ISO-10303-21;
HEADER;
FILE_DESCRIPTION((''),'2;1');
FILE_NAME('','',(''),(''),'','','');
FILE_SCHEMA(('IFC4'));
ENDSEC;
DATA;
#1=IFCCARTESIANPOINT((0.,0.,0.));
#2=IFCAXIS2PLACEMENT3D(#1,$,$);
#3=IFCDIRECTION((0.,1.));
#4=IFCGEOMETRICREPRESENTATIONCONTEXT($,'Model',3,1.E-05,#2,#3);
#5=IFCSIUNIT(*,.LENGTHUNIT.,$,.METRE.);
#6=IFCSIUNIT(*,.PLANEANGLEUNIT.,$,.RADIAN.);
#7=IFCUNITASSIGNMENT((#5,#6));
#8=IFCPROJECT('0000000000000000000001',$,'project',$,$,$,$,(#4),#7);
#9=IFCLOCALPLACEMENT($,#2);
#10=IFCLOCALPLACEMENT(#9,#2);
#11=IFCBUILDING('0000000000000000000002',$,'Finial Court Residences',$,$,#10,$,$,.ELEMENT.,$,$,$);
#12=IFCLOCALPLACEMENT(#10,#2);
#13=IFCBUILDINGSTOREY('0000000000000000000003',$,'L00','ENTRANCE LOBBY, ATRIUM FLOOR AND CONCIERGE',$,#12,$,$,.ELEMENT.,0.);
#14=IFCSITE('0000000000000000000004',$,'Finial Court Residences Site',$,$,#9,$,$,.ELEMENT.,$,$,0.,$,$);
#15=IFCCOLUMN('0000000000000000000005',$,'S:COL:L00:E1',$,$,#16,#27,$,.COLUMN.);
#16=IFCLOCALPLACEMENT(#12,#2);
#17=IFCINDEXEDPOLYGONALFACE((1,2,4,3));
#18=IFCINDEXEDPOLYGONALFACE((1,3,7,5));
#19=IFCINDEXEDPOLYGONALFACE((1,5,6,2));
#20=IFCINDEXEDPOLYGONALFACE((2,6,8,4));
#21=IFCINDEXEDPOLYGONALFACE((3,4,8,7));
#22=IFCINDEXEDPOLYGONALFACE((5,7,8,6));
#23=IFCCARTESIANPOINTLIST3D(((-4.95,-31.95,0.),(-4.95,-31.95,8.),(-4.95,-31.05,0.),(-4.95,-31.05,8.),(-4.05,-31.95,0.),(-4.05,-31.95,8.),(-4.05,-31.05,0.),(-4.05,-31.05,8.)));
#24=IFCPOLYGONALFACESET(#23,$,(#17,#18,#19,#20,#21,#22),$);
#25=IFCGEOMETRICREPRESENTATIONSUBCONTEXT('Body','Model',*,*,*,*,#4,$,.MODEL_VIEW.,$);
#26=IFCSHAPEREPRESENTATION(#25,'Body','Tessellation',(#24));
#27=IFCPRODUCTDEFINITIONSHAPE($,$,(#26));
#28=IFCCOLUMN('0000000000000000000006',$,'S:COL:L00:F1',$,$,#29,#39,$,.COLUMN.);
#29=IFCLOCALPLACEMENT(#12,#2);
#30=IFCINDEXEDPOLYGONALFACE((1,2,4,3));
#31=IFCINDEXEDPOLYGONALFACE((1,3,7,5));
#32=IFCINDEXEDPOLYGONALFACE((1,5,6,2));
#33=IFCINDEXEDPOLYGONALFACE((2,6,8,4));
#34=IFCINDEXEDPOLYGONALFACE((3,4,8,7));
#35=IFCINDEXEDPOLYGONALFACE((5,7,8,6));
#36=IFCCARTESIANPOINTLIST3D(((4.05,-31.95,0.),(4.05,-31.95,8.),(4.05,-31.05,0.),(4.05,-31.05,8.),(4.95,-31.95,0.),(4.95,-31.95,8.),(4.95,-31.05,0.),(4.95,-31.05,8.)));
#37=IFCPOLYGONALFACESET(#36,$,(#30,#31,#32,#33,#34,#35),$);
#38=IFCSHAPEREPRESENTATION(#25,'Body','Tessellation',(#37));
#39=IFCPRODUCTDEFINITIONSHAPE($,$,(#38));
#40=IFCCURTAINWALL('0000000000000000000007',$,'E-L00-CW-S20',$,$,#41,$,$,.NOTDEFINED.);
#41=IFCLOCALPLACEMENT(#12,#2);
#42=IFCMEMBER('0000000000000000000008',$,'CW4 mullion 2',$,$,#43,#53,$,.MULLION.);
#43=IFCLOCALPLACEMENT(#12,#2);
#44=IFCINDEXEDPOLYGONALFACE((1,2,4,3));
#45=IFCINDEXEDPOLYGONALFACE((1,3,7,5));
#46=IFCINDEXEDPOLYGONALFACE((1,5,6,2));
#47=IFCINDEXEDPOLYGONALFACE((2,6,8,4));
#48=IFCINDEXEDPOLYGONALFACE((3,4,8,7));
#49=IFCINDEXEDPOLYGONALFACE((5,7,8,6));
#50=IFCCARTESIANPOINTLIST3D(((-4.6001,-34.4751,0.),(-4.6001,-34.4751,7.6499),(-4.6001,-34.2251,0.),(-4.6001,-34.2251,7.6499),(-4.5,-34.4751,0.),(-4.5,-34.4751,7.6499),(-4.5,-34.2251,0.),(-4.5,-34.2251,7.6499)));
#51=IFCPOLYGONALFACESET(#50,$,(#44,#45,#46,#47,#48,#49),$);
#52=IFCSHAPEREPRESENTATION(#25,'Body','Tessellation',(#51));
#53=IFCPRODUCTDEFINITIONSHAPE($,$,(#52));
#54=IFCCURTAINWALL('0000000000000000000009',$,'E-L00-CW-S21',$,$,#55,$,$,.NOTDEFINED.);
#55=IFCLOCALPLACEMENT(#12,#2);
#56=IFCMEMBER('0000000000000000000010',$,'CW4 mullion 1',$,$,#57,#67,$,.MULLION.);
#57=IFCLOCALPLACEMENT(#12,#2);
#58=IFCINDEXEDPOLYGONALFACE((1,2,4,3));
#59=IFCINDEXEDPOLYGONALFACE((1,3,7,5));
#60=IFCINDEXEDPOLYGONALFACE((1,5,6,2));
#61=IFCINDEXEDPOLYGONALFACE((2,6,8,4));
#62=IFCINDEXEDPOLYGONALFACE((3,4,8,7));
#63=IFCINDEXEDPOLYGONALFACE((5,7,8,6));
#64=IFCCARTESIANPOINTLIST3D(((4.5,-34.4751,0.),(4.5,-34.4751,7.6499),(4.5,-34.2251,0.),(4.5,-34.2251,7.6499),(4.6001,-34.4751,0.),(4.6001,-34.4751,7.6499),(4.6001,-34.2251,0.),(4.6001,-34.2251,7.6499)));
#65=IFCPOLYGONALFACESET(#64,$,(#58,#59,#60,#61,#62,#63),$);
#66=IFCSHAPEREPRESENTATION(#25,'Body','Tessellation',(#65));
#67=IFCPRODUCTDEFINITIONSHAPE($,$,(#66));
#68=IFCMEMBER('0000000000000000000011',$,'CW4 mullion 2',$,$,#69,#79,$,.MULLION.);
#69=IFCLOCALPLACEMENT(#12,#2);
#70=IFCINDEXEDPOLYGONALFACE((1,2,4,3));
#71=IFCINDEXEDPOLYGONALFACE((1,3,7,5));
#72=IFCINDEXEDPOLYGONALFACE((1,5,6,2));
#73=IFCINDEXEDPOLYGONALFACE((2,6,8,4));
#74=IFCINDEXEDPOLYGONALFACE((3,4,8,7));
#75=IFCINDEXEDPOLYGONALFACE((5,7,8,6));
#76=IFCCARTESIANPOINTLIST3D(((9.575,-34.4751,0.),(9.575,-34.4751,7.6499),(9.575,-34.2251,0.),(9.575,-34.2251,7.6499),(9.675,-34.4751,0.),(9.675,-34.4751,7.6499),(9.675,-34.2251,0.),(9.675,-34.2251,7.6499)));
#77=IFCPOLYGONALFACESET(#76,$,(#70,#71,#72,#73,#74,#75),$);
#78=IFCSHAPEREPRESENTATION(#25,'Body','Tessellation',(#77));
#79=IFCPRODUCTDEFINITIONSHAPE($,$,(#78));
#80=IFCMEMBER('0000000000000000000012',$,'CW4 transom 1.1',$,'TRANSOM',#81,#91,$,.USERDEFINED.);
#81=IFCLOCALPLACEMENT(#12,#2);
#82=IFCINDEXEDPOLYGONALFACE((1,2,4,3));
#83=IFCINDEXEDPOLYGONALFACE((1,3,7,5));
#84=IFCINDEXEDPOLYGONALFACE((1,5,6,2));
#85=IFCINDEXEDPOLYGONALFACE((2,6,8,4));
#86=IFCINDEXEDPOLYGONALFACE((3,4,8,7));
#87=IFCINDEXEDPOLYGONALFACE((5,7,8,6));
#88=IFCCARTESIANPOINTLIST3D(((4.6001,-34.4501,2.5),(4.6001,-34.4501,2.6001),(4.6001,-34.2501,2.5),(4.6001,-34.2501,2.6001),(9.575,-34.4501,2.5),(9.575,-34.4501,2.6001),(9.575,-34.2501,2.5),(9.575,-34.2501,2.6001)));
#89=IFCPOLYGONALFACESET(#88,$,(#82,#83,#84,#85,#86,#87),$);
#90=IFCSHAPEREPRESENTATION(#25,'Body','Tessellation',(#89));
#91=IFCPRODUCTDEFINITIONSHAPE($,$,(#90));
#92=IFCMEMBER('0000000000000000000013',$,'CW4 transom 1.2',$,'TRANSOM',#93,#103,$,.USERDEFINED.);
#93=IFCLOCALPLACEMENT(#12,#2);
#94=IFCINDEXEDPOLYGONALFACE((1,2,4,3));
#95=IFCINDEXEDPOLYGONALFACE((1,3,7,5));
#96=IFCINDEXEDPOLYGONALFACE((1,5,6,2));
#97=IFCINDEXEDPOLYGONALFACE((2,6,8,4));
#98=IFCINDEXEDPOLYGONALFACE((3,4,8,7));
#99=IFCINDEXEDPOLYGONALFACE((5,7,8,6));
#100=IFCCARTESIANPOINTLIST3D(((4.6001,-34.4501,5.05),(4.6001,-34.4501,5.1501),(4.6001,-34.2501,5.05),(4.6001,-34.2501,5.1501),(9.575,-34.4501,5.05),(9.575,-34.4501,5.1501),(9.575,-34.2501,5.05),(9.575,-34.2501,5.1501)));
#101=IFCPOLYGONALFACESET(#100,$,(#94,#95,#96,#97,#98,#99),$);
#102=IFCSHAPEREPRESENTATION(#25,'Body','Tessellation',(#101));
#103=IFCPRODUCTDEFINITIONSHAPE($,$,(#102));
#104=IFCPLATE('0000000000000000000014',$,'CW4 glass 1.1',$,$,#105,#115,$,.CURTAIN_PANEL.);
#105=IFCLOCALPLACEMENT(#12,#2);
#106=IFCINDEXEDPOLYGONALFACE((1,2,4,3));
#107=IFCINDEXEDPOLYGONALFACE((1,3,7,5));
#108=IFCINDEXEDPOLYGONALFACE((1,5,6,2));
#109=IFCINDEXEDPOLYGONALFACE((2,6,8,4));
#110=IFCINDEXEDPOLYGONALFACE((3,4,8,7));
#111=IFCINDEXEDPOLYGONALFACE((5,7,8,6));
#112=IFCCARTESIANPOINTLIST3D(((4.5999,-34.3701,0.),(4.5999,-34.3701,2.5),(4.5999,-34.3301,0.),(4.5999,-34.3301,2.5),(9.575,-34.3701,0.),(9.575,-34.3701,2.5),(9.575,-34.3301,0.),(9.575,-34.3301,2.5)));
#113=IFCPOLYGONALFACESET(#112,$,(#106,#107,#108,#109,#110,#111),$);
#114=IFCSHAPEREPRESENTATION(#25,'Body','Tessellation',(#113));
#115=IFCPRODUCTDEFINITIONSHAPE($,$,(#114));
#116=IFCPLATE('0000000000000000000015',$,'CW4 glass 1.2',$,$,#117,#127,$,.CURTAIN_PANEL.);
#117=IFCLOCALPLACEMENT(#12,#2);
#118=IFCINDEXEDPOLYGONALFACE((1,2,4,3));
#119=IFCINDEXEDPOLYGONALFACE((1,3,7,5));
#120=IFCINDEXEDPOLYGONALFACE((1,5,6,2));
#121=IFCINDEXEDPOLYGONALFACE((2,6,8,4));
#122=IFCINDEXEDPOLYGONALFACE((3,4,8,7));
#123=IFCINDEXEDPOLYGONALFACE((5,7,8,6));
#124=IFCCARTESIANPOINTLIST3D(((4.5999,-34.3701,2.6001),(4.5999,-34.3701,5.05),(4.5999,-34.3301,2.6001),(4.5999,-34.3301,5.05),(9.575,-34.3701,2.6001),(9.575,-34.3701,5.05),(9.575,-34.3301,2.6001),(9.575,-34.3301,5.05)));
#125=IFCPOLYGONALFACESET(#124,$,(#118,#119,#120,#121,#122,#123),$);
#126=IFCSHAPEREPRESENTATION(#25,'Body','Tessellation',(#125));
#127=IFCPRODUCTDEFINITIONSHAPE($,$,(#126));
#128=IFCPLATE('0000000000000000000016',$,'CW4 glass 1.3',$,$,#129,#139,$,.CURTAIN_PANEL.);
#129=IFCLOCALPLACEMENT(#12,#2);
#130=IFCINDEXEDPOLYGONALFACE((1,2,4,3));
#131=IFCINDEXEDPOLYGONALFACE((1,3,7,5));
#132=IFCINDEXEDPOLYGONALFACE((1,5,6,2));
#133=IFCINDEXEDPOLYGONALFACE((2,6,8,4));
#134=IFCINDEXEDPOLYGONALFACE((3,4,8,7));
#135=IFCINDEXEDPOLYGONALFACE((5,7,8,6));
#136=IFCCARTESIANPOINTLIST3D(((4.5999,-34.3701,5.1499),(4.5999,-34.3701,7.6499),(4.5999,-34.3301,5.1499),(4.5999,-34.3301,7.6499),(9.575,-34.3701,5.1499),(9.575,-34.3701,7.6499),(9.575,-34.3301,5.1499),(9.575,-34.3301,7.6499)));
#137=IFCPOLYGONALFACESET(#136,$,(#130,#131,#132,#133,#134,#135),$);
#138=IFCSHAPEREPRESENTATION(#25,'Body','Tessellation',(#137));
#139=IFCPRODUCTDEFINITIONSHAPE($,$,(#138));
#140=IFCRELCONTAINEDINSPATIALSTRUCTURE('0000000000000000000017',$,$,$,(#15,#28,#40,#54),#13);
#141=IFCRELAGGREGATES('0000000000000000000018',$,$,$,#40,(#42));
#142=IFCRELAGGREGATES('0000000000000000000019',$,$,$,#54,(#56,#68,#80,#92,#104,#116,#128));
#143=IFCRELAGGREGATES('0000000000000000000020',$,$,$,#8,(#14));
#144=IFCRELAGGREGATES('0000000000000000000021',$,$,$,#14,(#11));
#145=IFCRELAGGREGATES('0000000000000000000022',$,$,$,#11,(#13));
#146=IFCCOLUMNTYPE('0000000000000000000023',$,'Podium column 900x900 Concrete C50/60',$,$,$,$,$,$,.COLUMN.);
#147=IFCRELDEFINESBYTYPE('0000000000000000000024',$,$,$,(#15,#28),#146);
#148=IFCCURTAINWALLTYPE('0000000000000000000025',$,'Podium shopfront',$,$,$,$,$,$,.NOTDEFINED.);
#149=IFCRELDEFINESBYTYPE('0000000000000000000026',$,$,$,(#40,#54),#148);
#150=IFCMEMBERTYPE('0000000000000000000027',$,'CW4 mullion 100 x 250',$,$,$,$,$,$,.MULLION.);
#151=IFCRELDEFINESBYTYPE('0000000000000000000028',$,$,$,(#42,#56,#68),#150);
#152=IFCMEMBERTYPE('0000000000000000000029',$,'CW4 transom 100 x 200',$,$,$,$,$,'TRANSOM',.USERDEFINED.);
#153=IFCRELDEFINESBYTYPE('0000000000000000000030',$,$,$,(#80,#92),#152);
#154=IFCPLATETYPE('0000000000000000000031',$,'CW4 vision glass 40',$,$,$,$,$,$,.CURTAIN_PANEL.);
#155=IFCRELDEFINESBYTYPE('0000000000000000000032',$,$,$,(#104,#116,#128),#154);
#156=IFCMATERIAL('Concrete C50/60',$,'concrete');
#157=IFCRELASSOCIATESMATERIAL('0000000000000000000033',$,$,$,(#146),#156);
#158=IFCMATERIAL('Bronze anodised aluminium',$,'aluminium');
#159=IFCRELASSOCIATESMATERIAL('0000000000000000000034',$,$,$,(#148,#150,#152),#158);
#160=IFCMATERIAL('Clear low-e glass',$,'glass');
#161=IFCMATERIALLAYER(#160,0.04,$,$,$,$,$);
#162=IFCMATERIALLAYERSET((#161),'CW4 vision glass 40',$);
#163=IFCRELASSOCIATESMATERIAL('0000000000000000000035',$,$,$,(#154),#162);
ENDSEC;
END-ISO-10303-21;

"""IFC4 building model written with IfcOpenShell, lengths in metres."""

from ifc_helpers import new_model, si_unit, direction, frame, origin, origin_2d, place, context, subcontext, project, spatial, rectangle, extrude, material, layer, layer_set, material_profile, profile_set, type_object, element, aggregate, save


model = new_model("IFC4")

# Units and contexts
model_context = context("Model", 3, precision=1e-05, world=origin(), true_north=direction((0.0, 1.0)))
body_context = subcontext(model_context, "Body", "Model", "MODEL_VIEW")
ifc_project = project(units=[si_unit("LENGTHUNIT", "METRE"), si_unit("PLANEANGLEUNIT", "RADIAN")], contexts=[model_context])

# Site, building, storey
site_placement = place(None, origin())
site = spatial("IfcSite", under=ifc_project, at=site_placement, Name="Finial Court Residences Site", CompositionType="ELEMENT", RefElevation=0.0)
building_placement = place(site_placement, origin())
building = spatial("IfcBuilding", under=site, at=building_placement, Name="Finial Court Residences", CompositionType="ELEMENT")
storey_placement = place(building_placement, origin())
storey = spatial("IfcBuildingStorey", under=building, at=storey_placement, Name="L00", Description="ENTRANCE LOBBY, ATRIUM FLOOR AND CONCIERGE", CompositionType="ELEMENT", Elevation=0.0)

# Columns
ifc_material_1 = material(Name="Concrete C50/60", Category="concrete")
ifc_material_profile_1 = material_profile(ifc_material_1, rectangle(XDim=0.8999, YDim=0.8999, at=origin_2d()), Name="900x900")
ifc_profile_set_1 = profile_set([ifc_material_profile_1], Name="Concrete C50/60")
column_type = type_object("IfcColumnType", Name="Podium column 900x900 Concrete C50/60", PredefinedType="COLUMN", material=ifc_profile_set_1)
for number, where, z_axis, x_axis, name in (
    (1, (-4.5, -31.5, 0.0), (0.0, 0.0, 1.0), (1.0, 0.0, 0.0), "S:COL:L00:E1"),
    (2, (4.5, -31.5, 0.0), (0.0, 0.0, 1.0), (1.0, 0.0, 0.0), "S:COL:L00:F1"),
):
    element("IfcColumn", number, at=place(storey_placement, frame(where, z_axis=z_axis, x_axis=x_axis)), inside=storey, type_object=column_type, Name=name, PredefinedType="COLUMN", context=body_context, shape_type="SweptSolid", body=[
        extrude(rectangle(XDim=0.8999, YDim=0.8999, at=origin_2d()), origin(), (0.0, 0.0, 1.0), 8.0),
    ])

# Curtain wall, member
ifc_material_2 = material(Name="Bronze anodised aluminium", Category="aluminium")
curtain_wall_type = type_object("IfcCurtainWallType", Name="Podium shopfront", PredefinedType="NOTDEFINED", material=ifc_material_2)
curtain_wall_1_placement = place(storey_placement, origin())
curtain_wall_1 = element("IfcCurtainWall", 3, at=curtain_wall_1_placement, inside=storey, type_object=curtain_wall_type, Name="E-L00-CW-S20", PredefinedType="NOTDEFINED")
ifc_material_profile_2 = material_profile(ifc_material_2, rectangle(XDim=0.25, YDim=0.1001, at=origin_2d()), Name="CW4 mullion 100 x 250")
ifc_profile_set_2 = profile_set([ifc_material_profile_2], Name="Bronze anodised aluminium")
member_type_1 = type_object("IfcMemberType", Name="CW4 mullion 100 x 250", PredefinedType="MULLION", material=ifc_profile_set_2)
member_1_placement = place(storey_placement, frame((-4.55, -34.3501, 0.0), z_axis=(0.0, 0.0, 1.0), x_axis=(0.0, 1.0, 0.0)))
member_1 = element("IfcMember", 4, at=member_1_placement, type_object=member_type_1, Name="CW4 mullion 2", PredefinedType="MULLION", context=body_context, shape_type="SweptSolid", body=[
    extrude(rectangle(XDim=0.25, YDim=0.1001, at=origin_2d()), origin(), (0.0, 0.0, 1.0), 7.6499),
])
aggregate(curtain_wall_1, [member_1])

# Curtain wall, members, plates
curtain_wall_2_placement = place(storey_placement, origin())
curtain_wall_2 = element("IfcCurtainWall", 5, at=curtain_wall_2_placement, inside=storey, type_object=curtain_wall_type, Name="E-L00-CW-S21", PredefinedType="NOTDEFINED")
member_2_placement = place(storey_placement, frame((4.55, -34.3501, 0.0), z_axis=(0.0, 0.0, 1.0), x_axis=(0.0, 1.0, 0.0)))
member_2 = element("IfcMember", 6, at=member_2_placement, type_object=member_type_1, Name="CW4 mullion 1", PredefinedType="MULLION", context=body_context, shape_type="SweptSolid", body=[
    extrude(rectangle(XDim=0.25, YDim=0.1001, at=origin_2d()), origin(), (0.0, 0.0, 1.0), 7.6499),
])
member_3_placement = place(storey_placement, frame((9.625, -34.3501, 0.0), z_axis=(0.0, 0.0, 1.0), x_axis=(0.0, 1.0, 0.0)))
member_3 = element("IfcMember", 7, at=member_3_placement, type_object=member_type_1, Name="CW4 mullion 2", PredefinedType="MULLION", context=body_context, shape_type="SweptSolid", body=[
    extrude(rectangle(XDim=0.25, YDim=0.1001, at=origin_2d()), origin(), (0.0, 0.0, 1.0), 7.6499),
])
ifc_material_profile_3 = material_profile(ifc_material_2, rectangle(XDim=0.2, YDim=0.1001, at=origin_2d()), Name="CW4 transom 100 x 200")
ifc_profile_set_3 = profile_set([ifc_material_profile_3], Name="Bronze anodised aluminium")
member_type_2 = type_object("IfcMemberType", Name="CW4 transom 100 x 200", ElementType="TRANSOM", PredefinedType="USERDEFINED", material=ifc_profile_set_3)
member_4_placement = place(storey_placement, frame((4.6001, -34.3501, 2.55), z_axis=(1.0, 0.0, 0.0), x_axis=(0.0, 1.0, 0.0)))
member_4 = element("IfcMember", 8, at=member_4_placement, type_object=member_type_2, Name="CW4 transom 1.1", ObjectType="TRANSOM", PredefinedType="USERDEFINED", context=body_context, shape_type="SweptSolid", body=[
    extrude(rectangle(XDim=0.2, YDim=0.1001, at=origin_2d()), origin(), (0.0, 0.0, 1.0), 4.9749),
])
member_5_placement = place(storey_placement, frame((4.6001, -34.3501, 5.1001), z_axis=(1.0, 0.0, 0.0), x_axis=(0.0, 1.0, 0.0)))
member_5 = element("IfcMember", 9, at=member_5_placement, type_object=member_type_2, Name="CW4 transom 1.2", ObjectType="TRANSOM", PredefinedType="USERDEFINED", context=body_context, shape_type="SweptSolid", body=[
    extrude(rectangle(XDim=0.2, YDim=0.1001, at=origin_2d()), origin(), (0.0, 0.0, 1.0), 4.9749),
])
ifc_material_3 = material(Name="Clear low-e glass", Category="glass")
ifc_layer_1 = layer(ifc_material_3, 0.04)
ifc_layer_set_1 = layer_set([ifc_layer_1], Name="CW4 vision glass 40")
plate_type = type_object("IfcPlateType", Name="CW4 vision glass 40", PredefinedType="CURTAIN_PANEL", material=ifc_layer_set_1)
plate_1_placement = place(storey_placement, frame((7.0874, -34.3501, 0.0), z_axis=(0.0, 0.0, 1.0), x_axis=(1.0, 0.0, 0.0)))
plate_1 = element("IfcPlate", 10, at=plate_1_placement, type_object=plate_type, Name="CW4 glass 1.1", PredefinedType="CURTAIN_PANEL", context=body_context, shape_type="SweptSolid", body=[
    extrude(rectangle(XDim=4.9751, YDim=0.04, at=origin_2d()), origin(), (0.0, 0.0, 1.0), 2.5),
])
plate_2_placement = place(storey_placement, frame((7.0874, -34.3501, 2.6001), z_axis=(0.0, 0.0, 1.0), x_axis=(1.0, 0.0, 0.0)))
plate_2 = element("IfcPlate", 11, at=plate_2_placement, type_object=plate_type, Name="CW4 glass 1.2", PredefinedType="CURTAIN_PANEL", context=body_context, shape_type="SweptSolid", body=[
    extrude(rectangle(XDim=4.9751, YDim=0.04, at=origin_2d()), origin(), (0.0, 0.0, 1.0), 2.45),
])
plate_3_placement = place(storey_placement, frame((7.0874, -34.3501, 5.1499), z_axis=(0.0, 0.0, 1.0), x_axis=(1.0, 0.0, 0.0)))
plate_3 = element("IfcPlate", 12, at=plate_3_placement, type_object=plate_type, Name="CW4 glass 1.3", PredefinedType="CURTAIN_PANEL", context=body_context, shape_type="SweptSolid", body=[
    extrude(rectangle(XDim=4.9751, YDim=0.04, at=origin_2d()), origin(), (0.0, 0.0, 1.0), 2.5),
])
aggregate(curtain_wall_2, [member_2, member_3, member_4, member_5, plate_1, plate_2, plate_3])

save(model, "model.ifc")
